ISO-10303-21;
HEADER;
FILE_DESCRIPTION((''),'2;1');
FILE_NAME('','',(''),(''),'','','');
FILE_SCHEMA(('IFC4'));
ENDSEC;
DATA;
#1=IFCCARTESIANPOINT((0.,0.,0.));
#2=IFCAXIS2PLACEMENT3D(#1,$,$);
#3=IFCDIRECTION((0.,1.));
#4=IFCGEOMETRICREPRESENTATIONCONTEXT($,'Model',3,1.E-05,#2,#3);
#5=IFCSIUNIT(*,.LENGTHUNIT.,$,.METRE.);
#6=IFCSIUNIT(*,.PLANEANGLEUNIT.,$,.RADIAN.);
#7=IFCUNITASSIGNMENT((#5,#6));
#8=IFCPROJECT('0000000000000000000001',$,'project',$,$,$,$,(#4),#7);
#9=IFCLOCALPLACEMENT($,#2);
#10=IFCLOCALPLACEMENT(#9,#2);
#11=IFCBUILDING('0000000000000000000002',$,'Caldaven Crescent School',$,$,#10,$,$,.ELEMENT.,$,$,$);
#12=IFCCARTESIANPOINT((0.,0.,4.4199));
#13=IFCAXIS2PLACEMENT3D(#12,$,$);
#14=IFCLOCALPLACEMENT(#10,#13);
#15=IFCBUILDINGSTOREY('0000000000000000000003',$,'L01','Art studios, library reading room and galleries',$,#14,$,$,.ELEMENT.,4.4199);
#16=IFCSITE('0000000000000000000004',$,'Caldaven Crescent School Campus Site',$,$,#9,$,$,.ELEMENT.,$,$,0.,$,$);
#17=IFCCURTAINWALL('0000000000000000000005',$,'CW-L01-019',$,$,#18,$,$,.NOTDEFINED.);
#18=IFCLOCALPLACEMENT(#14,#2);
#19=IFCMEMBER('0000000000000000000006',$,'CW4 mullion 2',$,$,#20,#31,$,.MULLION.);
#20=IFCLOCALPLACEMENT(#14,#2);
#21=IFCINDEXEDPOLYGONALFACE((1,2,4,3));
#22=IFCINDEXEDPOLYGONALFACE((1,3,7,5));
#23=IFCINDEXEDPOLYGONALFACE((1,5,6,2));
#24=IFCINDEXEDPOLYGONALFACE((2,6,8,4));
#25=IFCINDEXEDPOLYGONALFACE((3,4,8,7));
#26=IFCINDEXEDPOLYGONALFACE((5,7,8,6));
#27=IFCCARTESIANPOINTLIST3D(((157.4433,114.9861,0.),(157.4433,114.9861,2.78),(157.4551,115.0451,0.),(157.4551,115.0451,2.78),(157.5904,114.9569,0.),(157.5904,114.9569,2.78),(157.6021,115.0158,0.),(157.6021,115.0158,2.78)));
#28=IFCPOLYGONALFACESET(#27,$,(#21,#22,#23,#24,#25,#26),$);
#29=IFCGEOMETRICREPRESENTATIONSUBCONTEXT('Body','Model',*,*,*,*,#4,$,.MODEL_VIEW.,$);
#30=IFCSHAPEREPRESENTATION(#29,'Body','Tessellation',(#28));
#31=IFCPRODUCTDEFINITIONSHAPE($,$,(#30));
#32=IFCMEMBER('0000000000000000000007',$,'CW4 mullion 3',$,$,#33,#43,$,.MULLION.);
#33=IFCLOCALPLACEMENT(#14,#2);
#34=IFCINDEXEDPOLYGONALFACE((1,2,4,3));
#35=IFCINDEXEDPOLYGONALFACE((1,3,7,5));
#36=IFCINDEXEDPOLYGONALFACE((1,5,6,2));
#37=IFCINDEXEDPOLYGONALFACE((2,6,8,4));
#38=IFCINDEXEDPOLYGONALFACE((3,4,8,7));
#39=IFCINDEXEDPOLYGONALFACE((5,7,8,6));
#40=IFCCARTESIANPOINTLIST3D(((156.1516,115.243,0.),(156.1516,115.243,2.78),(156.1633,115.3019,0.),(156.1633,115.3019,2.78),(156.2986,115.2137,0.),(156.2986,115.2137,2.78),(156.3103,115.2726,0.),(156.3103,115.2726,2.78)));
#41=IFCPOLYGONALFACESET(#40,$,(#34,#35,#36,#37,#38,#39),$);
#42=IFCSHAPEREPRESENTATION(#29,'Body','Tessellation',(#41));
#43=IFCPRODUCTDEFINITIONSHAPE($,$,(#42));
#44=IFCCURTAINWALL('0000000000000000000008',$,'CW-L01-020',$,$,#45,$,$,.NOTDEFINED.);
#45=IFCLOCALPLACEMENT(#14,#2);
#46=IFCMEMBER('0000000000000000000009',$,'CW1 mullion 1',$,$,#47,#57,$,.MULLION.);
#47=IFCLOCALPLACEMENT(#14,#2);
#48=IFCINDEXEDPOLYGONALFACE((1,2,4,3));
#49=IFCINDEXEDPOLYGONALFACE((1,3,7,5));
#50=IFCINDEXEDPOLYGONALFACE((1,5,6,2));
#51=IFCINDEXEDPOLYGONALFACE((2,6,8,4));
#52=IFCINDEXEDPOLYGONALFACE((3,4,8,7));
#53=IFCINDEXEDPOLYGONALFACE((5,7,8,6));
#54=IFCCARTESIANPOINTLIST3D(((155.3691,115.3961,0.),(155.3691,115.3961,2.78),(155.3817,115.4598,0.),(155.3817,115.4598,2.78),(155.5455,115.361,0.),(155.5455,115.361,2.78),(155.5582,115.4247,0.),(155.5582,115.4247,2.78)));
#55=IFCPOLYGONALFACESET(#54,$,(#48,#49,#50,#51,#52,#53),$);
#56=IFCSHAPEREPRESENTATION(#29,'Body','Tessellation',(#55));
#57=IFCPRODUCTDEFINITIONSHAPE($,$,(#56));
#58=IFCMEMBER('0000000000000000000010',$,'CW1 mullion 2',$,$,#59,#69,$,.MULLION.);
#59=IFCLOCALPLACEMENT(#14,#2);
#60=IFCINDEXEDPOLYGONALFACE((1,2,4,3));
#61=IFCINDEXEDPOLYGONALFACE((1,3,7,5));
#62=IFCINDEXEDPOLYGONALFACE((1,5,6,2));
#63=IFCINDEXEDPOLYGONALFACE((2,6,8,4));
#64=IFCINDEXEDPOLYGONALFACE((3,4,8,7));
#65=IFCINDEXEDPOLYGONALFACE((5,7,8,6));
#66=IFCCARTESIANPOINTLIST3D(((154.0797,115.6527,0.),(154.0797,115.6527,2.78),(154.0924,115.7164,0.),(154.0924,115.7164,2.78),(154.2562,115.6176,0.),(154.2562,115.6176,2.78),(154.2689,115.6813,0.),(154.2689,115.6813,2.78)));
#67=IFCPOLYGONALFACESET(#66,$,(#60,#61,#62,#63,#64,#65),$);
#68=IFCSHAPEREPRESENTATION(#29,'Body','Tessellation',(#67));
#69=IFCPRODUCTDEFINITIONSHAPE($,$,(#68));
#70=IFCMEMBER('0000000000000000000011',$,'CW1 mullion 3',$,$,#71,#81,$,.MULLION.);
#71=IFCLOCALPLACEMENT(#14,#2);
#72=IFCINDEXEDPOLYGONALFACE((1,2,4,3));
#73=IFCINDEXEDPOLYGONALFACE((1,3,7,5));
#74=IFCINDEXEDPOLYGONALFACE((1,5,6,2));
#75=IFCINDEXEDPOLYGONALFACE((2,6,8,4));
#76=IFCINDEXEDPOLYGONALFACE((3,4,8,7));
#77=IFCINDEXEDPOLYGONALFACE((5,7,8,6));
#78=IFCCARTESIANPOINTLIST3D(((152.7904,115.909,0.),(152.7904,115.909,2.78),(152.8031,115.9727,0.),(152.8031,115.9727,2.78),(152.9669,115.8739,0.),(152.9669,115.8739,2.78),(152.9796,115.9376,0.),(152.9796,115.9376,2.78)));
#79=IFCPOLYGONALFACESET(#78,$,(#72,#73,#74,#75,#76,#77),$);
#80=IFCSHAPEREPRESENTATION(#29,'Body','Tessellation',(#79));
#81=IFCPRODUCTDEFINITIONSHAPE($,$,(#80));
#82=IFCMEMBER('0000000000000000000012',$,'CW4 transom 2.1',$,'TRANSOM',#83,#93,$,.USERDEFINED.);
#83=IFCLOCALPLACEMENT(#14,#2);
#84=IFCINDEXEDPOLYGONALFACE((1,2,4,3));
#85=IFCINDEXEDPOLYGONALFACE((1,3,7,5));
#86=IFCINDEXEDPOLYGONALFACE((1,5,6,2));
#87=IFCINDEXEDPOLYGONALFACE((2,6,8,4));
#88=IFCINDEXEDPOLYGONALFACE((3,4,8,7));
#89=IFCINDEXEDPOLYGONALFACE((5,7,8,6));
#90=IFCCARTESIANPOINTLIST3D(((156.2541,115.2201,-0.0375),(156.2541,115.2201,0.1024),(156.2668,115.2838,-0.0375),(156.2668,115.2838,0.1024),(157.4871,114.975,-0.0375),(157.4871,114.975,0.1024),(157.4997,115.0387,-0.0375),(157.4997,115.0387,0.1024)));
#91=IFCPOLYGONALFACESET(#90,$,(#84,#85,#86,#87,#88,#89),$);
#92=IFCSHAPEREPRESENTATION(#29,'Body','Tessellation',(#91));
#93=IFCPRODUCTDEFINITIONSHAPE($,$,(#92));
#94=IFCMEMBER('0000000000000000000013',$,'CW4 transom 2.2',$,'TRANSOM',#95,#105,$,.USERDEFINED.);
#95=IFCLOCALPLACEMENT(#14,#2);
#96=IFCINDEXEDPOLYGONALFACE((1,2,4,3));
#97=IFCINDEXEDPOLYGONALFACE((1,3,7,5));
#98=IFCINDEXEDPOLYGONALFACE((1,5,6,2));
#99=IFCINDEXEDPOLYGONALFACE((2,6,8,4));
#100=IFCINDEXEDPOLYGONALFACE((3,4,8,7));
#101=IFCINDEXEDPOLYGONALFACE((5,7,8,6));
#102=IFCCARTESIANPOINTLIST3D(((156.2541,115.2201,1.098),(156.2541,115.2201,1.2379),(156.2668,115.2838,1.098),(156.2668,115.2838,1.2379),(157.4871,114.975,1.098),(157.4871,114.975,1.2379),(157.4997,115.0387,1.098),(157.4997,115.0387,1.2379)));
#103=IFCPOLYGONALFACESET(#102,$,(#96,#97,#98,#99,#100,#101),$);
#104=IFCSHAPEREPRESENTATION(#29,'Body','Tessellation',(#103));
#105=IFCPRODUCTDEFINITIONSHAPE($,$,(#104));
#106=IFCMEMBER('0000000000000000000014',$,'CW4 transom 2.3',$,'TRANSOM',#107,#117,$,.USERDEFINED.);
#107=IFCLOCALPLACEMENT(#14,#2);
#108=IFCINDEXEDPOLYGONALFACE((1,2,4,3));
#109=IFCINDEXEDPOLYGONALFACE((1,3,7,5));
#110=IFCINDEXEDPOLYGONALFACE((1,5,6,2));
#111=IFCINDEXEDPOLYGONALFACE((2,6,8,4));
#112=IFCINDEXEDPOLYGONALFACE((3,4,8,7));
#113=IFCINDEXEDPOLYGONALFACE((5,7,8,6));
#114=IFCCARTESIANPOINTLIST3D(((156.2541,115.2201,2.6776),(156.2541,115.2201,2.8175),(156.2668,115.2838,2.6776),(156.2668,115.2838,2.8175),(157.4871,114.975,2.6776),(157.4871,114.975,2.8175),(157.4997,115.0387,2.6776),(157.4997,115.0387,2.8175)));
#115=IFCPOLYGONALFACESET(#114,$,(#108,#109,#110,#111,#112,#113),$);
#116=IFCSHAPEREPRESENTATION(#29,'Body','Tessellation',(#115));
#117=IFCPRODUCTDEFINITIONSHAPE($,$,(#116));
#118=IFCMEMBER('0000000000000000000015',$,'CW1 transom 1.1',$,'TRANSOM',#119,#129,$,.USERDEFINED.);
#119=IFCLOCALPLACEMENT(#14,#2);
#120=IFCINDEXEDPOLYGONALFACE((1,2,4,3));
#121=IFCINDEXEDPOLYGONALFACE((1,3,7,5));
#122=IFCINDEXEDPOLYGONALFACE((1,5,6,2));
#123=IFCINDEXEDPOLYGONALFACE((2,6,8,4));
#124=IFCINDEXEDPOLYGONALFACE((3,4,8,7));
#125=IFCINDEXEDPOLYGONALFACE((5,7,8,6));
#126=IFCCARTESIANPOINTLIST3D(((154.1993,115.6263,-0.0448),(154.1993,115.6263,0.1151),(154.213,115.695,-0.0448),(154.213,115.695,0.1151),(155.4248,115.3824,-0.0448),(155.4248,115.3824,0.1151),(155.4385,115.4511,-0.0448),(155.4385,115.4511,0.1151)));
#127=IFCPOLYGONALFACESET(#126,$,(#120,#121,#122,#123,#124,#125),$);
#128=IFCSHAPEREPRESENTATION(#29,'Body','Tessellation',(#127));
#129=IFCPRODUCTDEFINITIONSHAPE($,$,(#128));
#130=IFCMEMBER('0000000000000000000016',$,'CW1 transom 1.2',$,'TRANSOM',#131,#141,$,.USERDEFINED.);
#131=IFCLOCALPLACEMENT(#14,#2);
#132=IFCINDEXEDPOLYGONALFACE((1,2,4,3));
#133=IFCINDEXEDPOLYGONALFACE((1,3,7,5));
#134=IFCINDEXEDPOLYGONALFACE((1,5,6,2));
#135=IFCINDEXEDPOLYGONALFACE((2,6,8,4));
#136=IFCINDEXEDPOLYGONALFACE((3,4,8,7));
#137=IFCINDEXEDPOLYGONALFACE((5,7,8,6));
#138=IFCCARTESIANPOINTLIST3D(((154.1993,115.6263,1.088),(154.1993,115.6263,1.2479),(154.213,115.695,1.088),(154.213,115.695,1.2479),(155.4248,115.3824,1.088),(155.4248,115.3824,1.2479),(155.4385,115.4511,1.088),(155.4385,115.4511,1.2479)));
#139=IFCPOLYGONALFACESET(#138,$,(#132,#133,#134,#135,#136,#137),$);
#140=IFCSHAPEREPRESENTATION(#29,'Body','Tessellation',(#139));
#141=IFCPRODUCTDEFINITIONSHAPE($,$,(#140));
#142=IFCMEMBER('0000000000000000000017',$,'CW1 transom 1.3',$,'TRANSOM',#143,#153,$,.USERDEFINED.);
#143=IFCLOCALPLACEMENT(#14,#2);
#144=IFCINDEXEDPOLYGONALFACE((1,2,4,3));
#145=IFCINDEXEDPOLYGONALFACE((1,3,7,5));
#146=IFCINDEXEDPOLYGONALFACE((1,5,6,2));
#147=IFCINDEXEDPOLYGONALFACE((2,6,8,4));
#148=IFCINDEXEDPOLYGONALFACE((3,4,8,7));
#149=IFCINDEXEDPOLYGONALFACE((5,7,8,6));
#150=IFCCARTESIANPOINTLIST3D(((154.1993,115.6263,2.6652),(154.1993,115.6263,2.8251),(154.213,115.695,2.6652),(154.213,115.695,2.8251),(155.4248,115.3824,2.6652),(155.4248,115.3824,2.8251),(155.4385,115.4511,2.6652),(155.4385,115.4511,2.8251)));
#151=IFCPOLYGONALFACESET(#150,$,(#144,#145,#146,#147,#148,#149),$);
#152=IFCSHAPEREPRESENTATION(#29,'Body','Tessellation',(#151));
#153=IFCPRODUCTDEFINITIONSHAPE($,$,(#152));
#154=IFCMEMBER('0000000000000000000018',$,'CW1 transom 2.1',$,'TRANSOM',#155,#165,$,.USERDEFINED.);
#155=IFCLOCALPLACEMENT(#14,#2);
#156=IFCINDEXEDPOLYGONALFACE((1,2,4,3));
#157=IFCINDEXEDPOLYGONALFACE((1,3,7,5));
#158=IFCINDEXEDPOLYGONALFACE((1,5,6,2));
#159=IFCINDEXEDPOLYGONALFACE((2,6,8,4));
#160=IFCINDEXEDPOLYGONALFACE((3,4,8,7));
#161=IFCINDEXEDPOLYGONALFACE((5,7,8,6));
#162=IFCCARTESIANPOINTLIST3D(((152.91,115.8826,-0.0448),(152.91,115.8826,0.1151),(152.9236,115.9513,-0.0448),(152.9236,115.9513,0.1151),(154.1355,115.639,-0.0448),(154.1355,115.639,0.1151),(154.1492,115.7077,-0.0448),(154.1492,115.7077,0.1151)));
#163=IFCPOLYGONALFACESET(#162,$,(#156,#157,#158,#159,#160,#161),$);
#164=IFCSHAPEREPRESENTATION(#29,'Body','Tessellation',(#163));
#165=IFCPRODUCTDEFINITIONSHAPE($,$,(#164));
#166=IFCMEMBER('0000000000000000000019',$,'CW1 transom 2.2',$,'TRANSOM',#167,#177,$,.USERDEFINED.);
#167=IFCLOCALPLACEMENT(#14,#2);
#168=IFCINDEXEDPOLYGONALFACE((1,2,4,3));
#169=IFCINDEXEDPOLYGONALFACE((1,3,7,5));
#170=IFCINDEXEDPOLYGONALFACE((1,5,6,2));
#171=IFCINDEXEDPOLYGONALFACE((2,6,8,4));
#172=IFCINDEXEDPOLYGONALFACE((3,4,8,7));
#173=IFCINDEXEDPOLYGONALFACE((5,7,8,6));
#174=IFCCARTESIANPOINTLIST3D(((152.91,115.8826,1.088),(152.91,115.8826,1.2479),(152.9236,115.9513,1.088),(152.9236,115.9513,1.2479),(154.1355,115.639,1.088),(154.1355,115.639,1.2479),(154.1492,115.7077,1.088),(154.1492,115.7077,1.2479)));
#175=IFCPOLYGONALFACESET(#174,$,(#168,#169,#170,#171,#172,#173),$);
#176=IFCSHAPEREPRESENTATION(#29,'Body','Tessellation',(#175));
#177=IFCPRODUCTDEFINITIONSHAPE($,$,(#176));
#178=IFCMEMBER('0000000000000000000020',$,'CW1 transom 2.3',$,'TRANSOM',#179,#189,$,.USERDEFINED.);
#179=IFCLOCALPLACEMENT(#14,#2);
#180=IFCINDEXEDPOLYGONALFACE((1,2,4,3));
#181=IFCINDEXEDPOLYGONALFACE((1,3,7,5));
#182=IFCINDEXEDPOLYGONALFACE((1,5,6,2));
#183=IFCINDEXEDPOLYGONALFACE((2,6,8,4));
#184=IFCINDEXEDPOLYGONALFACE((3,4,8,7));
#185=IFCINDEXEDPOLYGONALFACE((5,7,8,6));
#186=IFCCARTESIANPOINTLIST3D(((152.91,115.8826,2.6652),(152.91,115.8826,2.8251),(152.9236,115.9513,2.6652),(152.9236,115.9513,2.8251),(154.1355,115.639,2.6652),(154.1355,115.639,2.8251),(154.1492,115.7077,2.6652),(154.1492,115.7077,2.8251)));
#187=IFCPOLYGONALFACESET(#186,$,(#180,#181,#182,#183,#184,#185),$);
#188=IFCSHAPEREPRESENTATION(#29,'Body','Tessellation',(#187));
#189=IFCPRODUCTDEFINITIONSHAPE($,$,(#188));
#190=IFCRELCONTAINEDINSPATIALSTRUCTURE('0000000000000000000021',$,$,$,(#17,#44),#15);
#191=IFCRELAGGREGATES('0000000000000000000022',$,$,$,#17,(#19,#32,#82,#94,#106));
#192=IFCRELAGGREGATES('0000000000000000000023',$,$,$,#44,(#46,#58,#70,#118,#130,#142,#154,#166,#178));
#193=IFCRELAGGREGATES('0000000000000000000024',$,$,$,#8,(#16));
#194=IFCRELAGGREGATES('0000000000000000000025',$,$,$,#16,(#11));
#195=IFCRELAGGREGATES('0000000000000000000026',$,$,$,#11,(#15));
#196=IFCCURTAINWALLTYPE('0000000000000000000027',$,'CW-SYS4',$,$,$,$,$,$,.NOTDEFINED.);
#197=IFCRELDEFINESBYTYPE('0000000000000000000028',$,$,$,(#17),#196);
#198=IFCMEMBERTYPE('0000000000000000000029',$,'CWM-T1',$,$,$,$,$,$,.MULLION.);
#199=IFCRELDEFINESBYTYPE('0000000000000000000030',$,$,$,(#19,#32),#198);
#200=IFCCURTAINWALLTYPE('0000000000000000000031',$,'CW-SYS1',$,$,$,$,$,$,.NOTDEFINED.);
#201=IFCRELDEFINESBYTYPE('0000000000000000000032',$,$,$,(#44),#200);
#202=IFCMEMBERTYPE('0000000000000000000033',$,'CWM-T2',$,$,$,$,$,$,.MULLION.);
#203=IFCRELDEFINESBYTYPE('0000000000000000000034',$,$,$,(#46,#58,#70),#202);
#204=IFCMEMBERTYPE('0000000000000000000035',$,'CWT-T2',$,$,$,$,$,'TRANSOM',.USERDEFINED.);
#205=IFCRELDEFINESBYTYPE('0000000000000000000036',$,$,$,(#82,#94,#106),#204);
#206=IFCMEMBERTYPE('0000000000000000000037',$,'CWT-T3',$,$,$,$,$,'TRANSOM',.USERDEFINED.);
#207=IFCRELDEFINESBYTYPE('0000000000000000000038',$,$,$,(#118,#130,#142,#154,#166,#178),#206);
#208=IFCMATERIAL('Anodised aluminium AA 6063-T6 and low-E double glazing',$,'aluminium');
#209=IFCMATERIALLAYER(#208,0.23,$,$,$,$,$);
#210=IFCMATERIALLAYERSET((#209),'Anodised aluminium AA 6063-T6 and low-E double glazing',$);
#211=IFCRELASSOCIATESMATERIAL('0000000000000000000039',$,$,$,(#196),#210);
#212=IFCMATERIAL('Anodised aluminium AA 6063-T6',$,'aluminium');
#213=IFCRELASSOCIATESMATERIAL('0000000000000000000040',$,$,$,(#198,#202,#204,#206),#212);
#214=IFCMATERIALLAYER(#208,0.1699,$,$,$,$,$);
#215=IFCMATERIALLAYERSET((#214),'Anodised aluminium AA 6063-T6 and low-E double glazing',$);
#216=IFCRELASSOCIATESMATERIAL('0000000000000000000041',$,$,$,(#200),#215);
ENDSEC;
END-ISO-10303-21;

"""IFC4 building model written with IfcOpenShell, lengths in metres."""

from ifc_helpers import new_model, si_unit, direction, frame, origin, origin_2d, place, context, subcontext, project, spatial, rectangle, extrude, material, layer, layer_set, material_profile, profile_set, type_object, element, aggregate, save


model = new_model("IFC4")

# Units and contexts
model_context = context("Model", 3, precision=1e-05, world=origin(), true_north=direction((0.0, 1.0)))
body_context = subcontext(model_context, "Body", "Model", "MODEL_VIEW")
ifc_project = project(units=[si_unit("LENGTHUNIT", "METRE"), si_unit("PLANEANGLEUNIT", "RADIAN")], contexts=[model_context])

# Site, building, storey
site_placement = place(None, origin())
site = spatial("IfcSite", under=ifc_project, at=site_placement, Name="Caldaven Crescent School Campus Site", CompositionType="ELEMENT", RefElevation=0.0)
building_placement = place(site_placement, origin())
building = spatial("IfcBuilding", under=site, at=building_placement, Name="Caldaven Crescent School", CompositionType="ELEMENT")
storey_placement = place(building_placement, frame((0.0, 0.0, 4.4199)))
storey = spatial("IfcBuildingStorey", under=building, at=storey_placement, Name="L01", Description="Art studios, library reading room and galleries", CompositionType="ELEMENT", Elevation=4.4199)

# Curtain walls, members
ifc_material_1 = material(Name="Anodised aluminium AA 6063-T6 and low-E double glazing", Category="aluminium")
ifc_layer_1 = layer(ifc_material_1, 0.23)
ifc_layer_set_1 = layer_set([ifc_layer_1], Name="Anodised aluminium AA 6063-T6 and low-E double glazing")
curtain_wall_type_1 = type_object("IfcCurtainWallType", Name="CW-SYS4", PredefinedType="NOTDEFINED", material=ifc_layer_set_1)
curtain_wall_1_placement = place(storey_placement, origin())
curtain_wall_1 = element("IfcCurtainWall", 1, at=curtain_wall_1_placement, inside=storey, type_object=curtain_wall_type_1, Name="CW-L01-019", PredefinedType="NOTDEFINED")
ifc_material_2 = material(Name="Anodised aluminium AA 6063-T6", Category="aluminium")
ifc_material_profile_1 = material_profile(ifc_material_2, rectangle(XDim=0.0601, YDim=0.1499, at=origin_2d()), Name="CWM 60x150")
ifc_profile_set_1 = profile_set([ifc_material_profile_1], Name="Anodised aluminium AA 6063-T6")
member_type_1 = type_object("IfcMemberType", Name="CWM-T1", PredefinedType="MULLION", material=ifc_profile_set_1)
member_1_placement = place(storey_placement, frame((157.5227, 115.001, 0.0), z_axis=(0.0, 0.0, 1.0), x_axis=(-0.19509, -0.980785, 0.0)))
member_1 = element("IfcMember", 2, at=member_1_placement, type_object=member_type_1, Name="CW4 mullion 2", PredefinedType="MULLION", context=body_context, shape_type="SweptSolid", body=[
    extrude(rectangle(XDim=0.0601, YDim=0.1499, at=origin_2d()), origin(), (0.0, 0.0, 1.0), 2.78),
])
member_2_placement = place(storey_placement, frame((156.231, 115.2578, 0.0), z_axis=(0.0, 0.0, 1.0), x_axis=(-0.19509, -0.980785, 0.0)))
member_2 = element("IfcMember", 3, at=member_2_placement, type_object=member_type_1, Name="CW4 mullion 3", PredefinedType="MULLION", context=body_context, shape_type="SweptSolid", body=[
    extrude(rectangle(XDim=0.0601, YDim=0.1499, at=origin_2d()), origin(), (0.0, 0.0, 1.0), 2.78),
])
ifc_layer_2 = layer(ifc_material_1, 0.1699)
ifc_layer_set_2 = layer_set([ifc_layer_2], Name="Anodised aluminium AA 6063-T6 and low-E double glazing")
curtain_wall_type_2 = type_object("IfcCurtainWallType", Name="CW-SYS1", PredefinedType="NOTDEFINED", material=ifc_layer_set_2)
curtain_wall_2_placement = place(storey_placement, origin())
curtain_wall_2 = element("IfcCurtainWall", 4, at=curtain_wall_2_placement, inside=storey, type_object=curtain_wall_type_2, Name="CW-L01-020", PredefinedType="NOTDEFINED")
ifc_material_profile_2 = material_profile(ifc_material_2, rectangle(XDim=0.0649, YDim=0.1799, at=origin_2d()), Name="CWM 65x180")
ifc_profile_set_2 = profile_set([ifc_material_profile_2], Name="Anodised aluminium AA 6063-T6")
member_type_2 = type_object("IfcMemberType", Name="CWM-T2", PredefinedType="MULLION", material=ifc_profile_set_2)
member_3_placement = place(storey_placement, frame((155.4636, 115.4104, 0.0), z_axis=(0.0, 0.0, 1.0), x_axis=(-0.19509, -0.980785, 0.0)))
member_3 = element("IfcMember", 5, at=member_3_placement, type_object=member_type_2, Name="CW1 mullion 1", PredefinedType="MULLION", context=body_context, shape_type="SweptSolid", body=[
    extrude(rectangle(XDim=0.0649, YDim=0.1799, at=origin_2d()), origin(), (0.0, 0.0, 1.0), 2.78),
])
member_4_placement = place(storey_placement, frame((154.1743, 115.667, 0.0), z_axis=(0.0, 0.0, 1.0), x_axis=(-0.19509, -0.980785, 0.0)))
member_4 = element("IfcMember", 6, at=member_4_placement, type_object=member_type_2, Name="CW1 mullion 2", PredefinedType="MULLION", context=body_context, shape_type="SweptSolid", body=[
    extrude(rectangle(XDim=0.0649, YDim=0.1799, at=origin_2d()), origin(), (0.0, 0.0, 1.0), 2.78),
])
member_5_placement = place(storey_placement, frame((152.885, 115.9233, 0.0), z_axis=(0.0, 0.0, 1.0), x_axis=(-0.19509, -0.980785, 0.0)))
member_5 = element("IfcMember", 7, at=member_5_placement, type_object=member_type_2, Name="CW1 mullion 3", PredefinedType="MULLION", context=body_context, shape_type="SweptSolid", body=[
    extrude(rectangle(XDim=0.0649, YDim=0.1799, at=origin_2d()), origin(), (0.0, 0.0, 1.0), 2.78),
])

# Members
ifc_material_profile_3 = material_profile(ifc_material_2, rectangle(XDim=0.0649, YDim=0.1399, at=origin_2d()), Name="CWT 65x140")
ifc_profile_set_3 = profile_set([ifc_material_profile_3], Name="Anodised aluminium AA 6063-T6")
member_type_3 = type_object("IfcMemberType", Name="CWT-T2", ElementType="TRANSOM", PredefinedType="USERDEFINED", material=ifc_profile_set_3)
member_6_placement = place(storey_placement, frame((157.4934, 115.0068, 0.0325), z_axis=(-0.980804, 0.194996, 0.0), x_axis=(-0.194996, -0.980804, 0.0)))
member_6 = element("IfcMember", 8, at=member_6_placement, type_object=member_type_3, Name="CW4 transom 2.1", ObjectType="TRANSOM", PredefinedType="USERDEFINED", context=body_context, shape_type="SweptSolid", body=[
    extrude(rectangle(XDim=0.0649, YDim=0.1399, at=origin_2d()), origin(), (0.0, 0.0, 1.0), 1.2571),
])
member_7_placement = place(storey_placement, frame((157.4934, 115.0068, 1.168), z_axis=(-0.980804, 0.194996, 0.0), x_axis=(-0.194996, -0.980804, 0.0)))
member_7 = element("IfcMember", 9, at=member_7_placement, type_object=member_type_3, Name="CW4 transom 2.2", ObjectType="TRANSOM", PredefinedType="USERDEFINED", context=body_context, shape_type="SweptSolid", body=[
    extrude(rectangle(XDim=0.0649, YDim=0.1399, at=origin_2d()), origin(), (0.0, 0.0, 1.0), 1.2571),
])
member_8_placement = place(storey_placement, frame((157.4934, 115.0068, 2.7476), z_axis=(-0.980804, 0.194996, 0.0), x_axis=(-0.194996, -0.980804, 0.0)))
member_8 = element("IfcMember", 10, at=member_8_placement, type_object=member_type_3, Name="CW4 transom 2.3", ObjectType="TRANSOM", PredefinedType="USERDEFINED", context=body_context, shape_type="SweptSolid", body=[
    extrude(rectangle(XDim=0.0649, YDim=0.1399, at=origin_2d()), origin(), (0.0, 0.0, 1.0), 1.2571),
])
ifc_material_profile_4 = material_profile(ifc_material_2, rectangle(XDim=0.0701, YDim=0.1599, at=origin_2d()), Name="CWT 70x160")
ifc_profile_set_4 = profile_set([ifc_material_profile_4], Name="Anodised aluminium AA 6063-T6")
member_type_4 = type_object("IfcMemberType", Name="CWT-T3", ElementType="TRANSOM", PredefinedType="USERDEFINED", material=ifc_profile_set_4)
member_9_placement = place(storey_placement, frame((155.4316, 115.4167, 0.0352), z_axis=(-0.980768, 0.195177, 0.0), x_axis=(-0.195177, -0.980768, 0.0)))
member_9 = element("IfcMember", 11, at=member_9_placement, type_object=member_type_4, Name="CW1 transom 1.1", ObjectType="TRANSOM", PredefinedType="USERDEFINED", context=body_context, shape_type="SweptSolid", body=[
    extrude(rectangle(XDim=0.0701, YDim=0.1599, at=origin_2d()), origin(), (0.0, 0.0, 1.0), 1.2495),
])
member_10_placement = place(storey_placement, frame((155.4316, 115.4167, 1.168), z_axis=(-0.980768, 0.195177, 0.0), x_axis=(-0.195177, -0.980768, 0.0)))
member_10 = element("IfcMember", 12, at=member_10_placement, type_object=member_type_4, Name="CW1 transom 1.2", ObjectType="TRANSOM", PredefinedType="USERDEFINED", context=body_context, shape_type="SweptSolid", body=[
    extrude(rectangle(XDim=0.0701, YDim=0.1599, at=origin_2d()), origin(), (0.0, 0.0, 1.0), 1.2495),
])
member_11_placement = place(storey_placement, frame((155.4316, 115.4167, 2.7451), z_axis=(-0.980768, 0.195177, 0.0), x_axis=(-0.195177, -0.980768, 0.0)))
member_11 = element("IfcMember", 13, at=member_11_placement, type_object=member_type_4, Name="CW1 transom 1.3", ObjectType="TRANSOM", PredefinedType="USERDEFINED", context=body_context, shape_type="SweptSolid", body=[
    extrude(rectangle(XDim=0.0701, YDim=0.1599, at=origin_2d()), origin(), (0.0, 0.0, 1.0), 1.2495),
])
member_12_placement = place(storey_placement, frame((154.1423, 115.6733, 0.0352), z_axis=(-0.980805, 0.194989, 0.0), x_axis=(-0.194989, -0.980805, 0.0)))
member_12 = element("IfcMember", 14, at=member_12_placement, type_object=member_type_4, Name="CW1 transom 2.1", ObjectType="TRANSOM", PredefinedType="USERDEFINED", context=body_context, shape_type="SweptSolid", body=[
    extrude(rectangle(XDim=0.0701, YDim=0.1599, at=origin_2d()), origin(), (0.0, 0.0, 1.0), 1.2495),
])
member_13_placement = place(storey_placement, frame((154.1423, 115.6733, 1.168), z_axis=(-0.980805, 0.194989, 0.0), x_axis=(-0.194989, -0.980805, 0.0)))
member_13 = element("IfcMember", 15, at=member_13_placement, type_object=member_type_4, Name="CW1 transom 2.2", ObjectType="TRANSOM", PredefinedType="USERDEFINED", context=body_context, shape_type="SweptSolid", body=[
    extrude(rectangle(XDim=0.0701, YDim=0.1599, at=origin_2d()), origin(), (0.0, 0.0, 1.0), 1.2495),
])
member_14_placement = place(storey_placement, frame((154.1423, 115.6733, 2.7451), z_axis=(-0.980805, 0.194989, 0.0), x_axis=(-0.194989, -0.980805, 0.0)))
member_14 = element("IfcMember", 16, at=member_14_placement, type_object=member_type_4, Name="CW1 transom 2.3", ObjectType="TRANSOM", PredefinedType="USERDEFINED", context=body_context, shape_type="SweptSolid", body=[
    extrude(rectangle(XDim=0.0701, YDim=0.1599, at=origin_2d()), origin(), (0.0, 0.0, 1.0), 1.2495),
])

aggregate(curtain_wall_1, [member_1, member_2, member_6, member_7, member_8])
aggregate(curtain_wall_2, [member_3, member_4, member_5, member_9, member_10, member_11, member_12, member_13, member_14])

save(model, "model.ifc")
